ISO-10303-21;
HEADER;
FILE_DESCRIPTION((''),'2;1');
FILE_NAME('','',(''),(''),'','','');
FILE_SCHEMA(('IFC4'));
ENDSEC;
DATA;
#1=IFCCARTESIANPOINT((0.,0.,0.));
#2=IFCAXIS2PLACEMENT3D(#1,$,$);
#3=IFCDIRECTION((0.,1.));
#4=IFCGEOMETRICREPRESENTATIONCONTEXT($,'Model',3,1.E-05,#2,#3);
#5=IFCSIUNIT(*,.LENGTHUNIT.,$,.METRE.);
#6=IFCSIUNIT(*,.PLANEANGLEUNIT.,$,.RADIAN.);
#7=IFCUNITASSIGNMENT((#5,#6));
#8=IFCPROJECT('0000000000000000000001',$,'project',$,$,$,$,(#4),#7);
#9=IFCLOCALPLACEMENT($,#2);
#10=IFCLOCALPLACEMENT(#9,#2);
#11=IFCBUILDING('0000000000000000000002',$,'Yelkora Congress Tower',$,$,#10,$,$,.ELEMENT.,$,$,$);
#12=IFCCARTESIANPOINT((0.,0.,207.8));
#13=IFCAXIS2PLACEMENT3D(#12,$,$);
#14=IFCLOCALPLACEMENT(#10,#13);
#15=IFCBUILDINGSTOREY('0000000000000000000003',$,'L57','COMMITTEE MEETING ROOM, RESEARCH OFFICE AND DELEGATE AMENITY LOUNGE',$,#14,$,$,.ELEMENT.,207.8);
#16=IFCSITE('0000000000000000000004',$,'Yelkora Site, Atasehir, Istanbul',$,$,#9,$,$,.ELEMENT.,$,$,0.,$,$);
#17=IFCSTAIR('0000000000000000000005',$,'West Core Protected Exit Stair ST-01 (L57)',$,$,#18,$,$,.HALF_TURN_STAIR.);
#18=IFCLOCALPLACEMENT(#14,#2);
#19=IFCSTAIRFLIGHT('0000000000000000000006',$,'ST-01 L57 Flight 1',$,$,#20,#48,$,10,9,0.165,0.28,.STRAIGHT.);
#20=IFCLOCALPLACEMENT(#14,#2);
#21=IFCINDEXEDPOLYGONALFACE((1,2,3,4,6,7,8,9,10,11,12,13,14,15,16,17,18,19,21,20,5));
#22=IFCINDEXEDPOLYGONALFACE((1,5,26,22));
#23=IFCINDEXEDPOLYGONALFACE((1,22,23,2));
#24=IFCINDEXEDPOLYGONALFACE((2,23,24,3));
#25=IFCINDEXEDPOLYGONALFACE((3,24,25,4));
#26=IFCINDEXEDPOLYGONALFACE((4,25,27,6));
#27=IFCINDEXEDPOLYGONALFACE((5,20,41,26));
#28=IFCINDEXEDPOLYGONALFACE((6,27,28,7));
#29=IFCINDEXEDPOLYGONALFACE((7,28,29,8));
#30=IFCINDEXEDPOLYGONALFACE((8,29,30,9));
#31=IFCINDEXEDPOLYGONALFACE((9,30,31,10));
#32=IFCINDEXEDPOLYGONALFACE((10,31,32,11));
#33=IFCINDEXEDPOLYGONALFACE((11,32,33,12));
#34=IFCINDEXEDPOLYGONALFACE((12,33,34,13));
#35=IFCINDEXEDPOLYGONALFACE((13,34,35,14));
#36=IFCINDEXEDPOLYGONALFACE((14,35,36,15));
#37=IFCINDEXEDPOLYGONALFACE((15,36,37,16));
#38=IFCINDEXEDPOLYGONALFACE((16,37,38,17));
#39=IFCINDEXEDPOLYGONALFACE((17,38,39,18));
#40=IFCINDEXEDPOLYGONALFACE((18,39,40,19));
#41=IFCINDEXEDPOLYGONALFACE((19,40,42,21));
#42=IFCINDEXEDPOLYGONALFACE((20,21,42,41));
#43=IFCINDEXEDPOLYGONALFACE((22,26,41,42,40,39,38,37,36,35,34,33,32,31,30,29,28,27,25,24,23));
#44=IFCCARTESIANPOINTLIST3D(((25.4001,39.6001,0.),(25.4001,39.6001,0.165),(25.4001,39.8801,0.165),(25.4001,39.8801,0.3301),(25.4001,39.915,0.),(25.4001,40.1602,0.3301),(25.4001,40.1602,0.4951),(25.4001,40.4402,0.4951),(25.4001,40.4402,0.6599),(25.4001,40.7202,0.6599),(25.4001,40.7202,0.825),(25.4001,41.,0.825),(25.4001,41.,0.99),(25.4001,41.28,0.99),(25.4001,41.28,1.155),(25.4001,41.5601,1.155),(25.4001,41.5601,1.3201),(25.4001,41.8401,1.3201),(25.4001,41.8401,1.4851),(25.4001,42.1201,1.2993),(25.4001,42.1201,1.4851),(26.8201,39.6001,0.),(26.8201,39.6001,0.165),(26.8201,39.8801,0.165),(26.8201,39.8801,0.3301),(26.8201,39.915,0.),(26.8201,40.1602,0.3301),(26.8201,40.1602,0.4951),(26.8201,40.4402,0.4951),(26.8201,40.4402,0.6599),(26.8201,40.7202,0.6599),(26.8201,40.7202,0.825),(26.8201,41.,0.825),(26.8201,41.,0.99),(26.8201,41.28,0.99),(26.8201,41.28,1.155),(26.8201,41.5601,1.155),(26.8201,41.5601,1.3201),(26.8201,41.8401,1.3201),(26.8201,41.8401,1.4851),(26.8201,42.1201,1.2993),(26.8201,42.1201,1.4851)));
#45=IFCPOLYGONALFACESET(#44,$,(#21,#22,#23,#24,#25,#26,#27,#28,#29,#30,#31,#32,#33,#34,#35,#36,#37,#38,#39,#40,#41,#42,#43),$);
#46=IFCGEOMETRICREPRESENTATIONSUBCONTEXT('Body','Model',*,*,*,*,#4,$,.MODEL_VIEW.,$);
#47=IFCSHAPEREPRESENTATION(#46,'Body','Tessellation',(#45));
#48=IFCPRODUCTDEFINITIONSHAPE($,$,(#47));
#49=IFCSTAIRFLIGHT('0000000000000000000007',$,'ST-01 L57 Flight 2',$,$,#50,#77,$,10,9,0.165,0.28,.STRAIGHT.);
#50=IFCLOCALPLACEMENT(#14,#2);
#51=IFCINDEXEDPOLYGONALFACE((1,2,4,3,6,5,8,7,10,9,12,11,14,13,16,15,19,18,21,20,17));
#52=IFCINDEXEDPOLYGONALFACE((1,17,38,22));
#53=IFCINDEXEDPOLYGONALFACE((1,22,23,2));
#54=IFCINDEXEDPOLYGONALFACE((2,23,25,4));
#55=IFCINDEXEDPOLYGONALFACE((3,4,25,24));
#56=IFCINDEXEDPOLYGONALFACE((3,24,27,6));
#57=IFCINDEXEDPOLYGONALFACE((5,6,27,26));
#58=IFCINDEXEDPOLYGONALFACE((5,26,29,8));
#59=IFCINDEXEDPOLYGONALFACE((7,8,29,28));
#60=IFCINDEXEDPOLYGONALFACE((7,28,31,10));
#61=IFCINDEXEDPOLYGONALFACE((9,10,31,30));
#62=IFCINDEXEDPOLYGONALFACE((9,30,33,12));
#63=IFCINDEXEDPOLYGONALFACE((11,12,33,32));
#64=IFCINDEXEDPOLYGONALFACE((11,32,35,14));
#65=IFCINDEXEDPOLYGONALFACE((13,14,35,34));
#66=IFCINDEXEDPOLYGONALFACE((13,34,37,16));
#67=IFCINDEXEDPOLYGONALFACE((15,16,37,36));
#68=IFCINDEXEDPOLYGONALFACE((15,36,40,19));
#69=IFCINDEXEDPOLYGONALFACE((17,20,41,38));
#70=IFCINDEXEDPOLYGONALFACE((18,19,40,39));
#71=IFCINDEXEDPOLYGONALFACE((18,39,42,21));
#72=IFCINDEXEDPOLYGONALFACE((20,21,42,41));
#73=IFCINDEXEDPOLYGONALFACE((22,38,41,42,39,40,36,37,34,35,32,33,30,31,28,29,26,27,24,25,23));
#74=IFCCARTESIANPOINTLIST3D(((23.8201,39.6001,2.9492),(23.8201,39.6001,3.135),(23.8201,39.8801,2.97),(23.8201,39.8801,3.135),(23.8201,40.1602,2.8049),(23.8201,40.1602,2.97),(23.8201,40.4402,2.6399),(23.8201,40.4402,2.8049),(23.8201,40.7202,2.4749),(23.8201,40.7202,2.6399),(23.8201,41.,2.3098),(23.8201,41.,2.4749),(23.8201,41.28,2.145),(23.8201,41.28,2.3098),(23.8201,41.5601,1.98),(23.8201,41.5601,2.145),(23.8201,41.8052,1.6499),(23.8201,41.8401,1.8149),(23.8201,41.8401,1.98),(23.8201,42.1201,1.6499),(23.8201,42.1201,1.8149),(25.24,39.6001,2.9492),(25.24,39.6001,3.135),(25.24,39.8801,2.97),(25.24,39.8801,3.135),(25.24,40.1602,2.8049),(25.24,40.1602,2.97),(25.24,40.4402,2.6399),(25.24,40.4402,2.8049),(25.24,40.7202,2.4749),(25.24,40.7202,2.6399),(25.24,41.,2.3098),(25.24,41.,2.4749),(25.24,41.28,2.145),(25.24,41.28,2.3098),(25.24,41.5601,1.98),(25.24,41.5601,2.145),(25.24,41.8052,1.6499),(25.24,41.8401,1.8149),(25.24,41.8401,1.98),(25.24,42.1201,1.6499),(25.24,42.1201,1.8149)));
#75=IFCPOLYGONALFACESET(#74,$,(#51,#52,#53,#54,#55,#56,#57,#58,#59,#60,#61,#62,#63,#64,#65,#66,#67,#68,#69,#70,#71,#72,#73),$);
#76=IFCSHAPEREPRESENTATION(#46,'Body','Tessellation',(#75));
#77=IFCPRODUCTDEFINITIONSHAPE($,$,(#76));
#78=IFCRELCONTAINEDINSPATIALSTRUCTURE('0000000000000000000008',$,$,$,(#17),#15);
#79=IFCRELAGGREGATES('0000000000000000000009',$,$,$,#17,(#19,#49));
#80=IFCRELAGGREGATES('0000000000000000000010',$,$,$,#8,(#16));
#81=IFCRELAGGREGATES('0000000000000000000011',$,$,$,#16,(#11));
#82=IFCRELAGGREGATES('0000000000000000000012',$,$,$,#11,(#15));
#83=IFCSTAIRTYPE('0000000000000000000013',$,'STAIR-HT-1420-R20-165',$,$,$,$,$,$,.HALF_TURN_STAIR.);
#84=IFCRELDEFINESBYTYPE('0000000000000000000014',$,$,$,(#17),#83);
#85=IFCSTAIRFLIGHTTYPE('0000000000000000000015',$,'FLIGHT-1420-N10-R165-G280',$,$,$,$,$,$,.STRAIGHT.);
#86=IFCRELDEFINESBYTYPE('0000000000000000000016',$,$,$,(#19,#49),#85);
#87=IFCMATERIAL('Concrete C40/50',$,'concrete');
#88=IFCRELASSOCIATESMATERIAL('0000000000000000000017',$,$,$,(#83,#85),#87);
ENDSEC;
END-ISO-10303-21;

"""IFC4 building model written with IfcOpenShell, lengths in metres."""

from ifc_helpers import new_model, si_unit, direction, frame, origin, place, context, subcontext, project, spatial, polyline, outline, extrude, material, type_object, element, aggregate, save


model = new_model("IFC4")

# Units and contexts
model_context = context("Model", 3, precision=1e-05, world=origin(), true_north=direction((0.0, 1.0)))
body_context = subcontext(model_context, "Body", "Model", "MODEL_VIEW")
ifc_project = project(units=[si_unit("LENGTHUNIT", "METRE"), si_unit("PLANEANGLEUNIT", "RADIAN")], contexts=[model_context])

# Site, building, storey
site_placement = place(None, origin())
site = spatial("IfcSite", under=ifc_project, at=site_placement, Name="Yelkora Site, Atasehir, Istanbul", CompositionType="ELEMENT", RefElevation=0.0)
building_placement = place(site_placement, origin())
building = spatial("IfcBuilding", under=site, at=building_placement, Name="Yelkora Congress Tower", CompositionType="ELEMENT")
storey_placement = place(building_placement, frame((0.0, 0.0, 207.8)))
storey = spatial("IfcBuildingStorey", under=building, at=storey_placement, Name="L57", Description="COMMITTEE MEETING ROOM, RESEARCH OFFICE AND DELEGATE AMENITY LOUNGE", CompositionType="ELEMENT", Elevation=207.8)

# Stair, stair flights
ifc_material_1 = material(Name="Concrete C40/50", Category="concrete")
stair_type = type_object("IfcStairType", Name="STAIR-HT-1420-R20-165", PredefinedType="HALF_TURN_STAIR", material=ifc_material_1)
stair_placement = place(storey_placement, origin())
stair = element("IfcStair", 1, at=stair_placement, inside=storey, type_object=stair_type, Name="West Core Protected Exit Stair ST-01 (L57)", PredefinedType="HALF_TURN_STAIR")
stair_flight_type = type_object("IfcStairFlightType", Name="FLIGHT-1420-N10-R165-G280", PredefinedType="STRAIGHT", material=ifc_material_1)
stair_flight_1_placement = place(storey_placement, frame((26.1101, 39.6001, 0.0), z_axis=(0.0, 0.0, 1.0), x_axis=(0.0, 1.0, 0.0)))
stair_flight_1 = element("IfcStairFlight", 2, at=stair_flight_1_placement, type_object=stair_flight_type, Name="ST-01 L57 Flight 1", NumberOfRisers=10, NumberOfTreads=9, PredefinedType="STRAIGHT", RiserHeight=0.165, TreadLength=0.28, context=body_context, shape_type="SweptSolid", body=[
    extrude(outline(polyline([(0.0, 0.0), (0.0, 0.165), (0.28, 0.165), (0.28, 0.3301), (0.5601, 0.3301), (0.5601, 0.4951), (0.8401, 0.4951), (0.8401, 0.6599), (1.1201, 0.6599), (1.1201, 0.825), (1.3999, 0.825), (1.3999, 0.99), (1.6799, 0.99), (1.6799, 1.155), (1.96, 1.155), (1.96, 1.3201), (2.24, 1.3201), (2.24, 1.4851), (2.52, 1.4851), (2.52, 1.6499), (2.52, 1.2993), (0.3149, 0.0), (0.0, 0.0)])), frame((0.0, 0.71, 0.0), z_axis=(0.0, -1.0, 0.0), x_axis=(1.0, 0.0, 0.0)), (0.0, 0.0, 1.0), 1.4199),
])
stair_flight_2_placement = place(storey_placement, frame((24.53, 42.1201, 1.6499), z_axis=(0.0, 0.0, 1.0), x_axis=(0.0, -1.0, 0.0)))
stair_flight_2 = element("IfcStairFlight", 3, at=stair_flight_2_placement, type_object=stair_flight_type, Name="ST-01 L57 Flight 2", NumberOfRisers=10, NumberOfTreads=9, PredefinedType="STRAIGHT", RiserHeight=0.165, TreadLength=0.28, context=body_context, shape_type="SweptSolid", body=[
    extrude(outline(polyline([(0.0, 0.0), (0.0, 0.165), (0.28, 0.165), (0.28, 0.3301), (0.5601, 0.3301), (0.5601, 0.4951), (0.8401, 0.4951), (0.8401, 0.6599), (1.1201, 0.6599), (1.1201, 0.825), (1.3999, 0.825), (1.3999, 0.99), (1.6799, 0.99), (1.6799, 1.155), (1.96, 1.155), (1.96, 1.3201), (2.24, 1.3201), (2.24, 1.4851), (2.52, 1.4851), (2.52, 1.6499), (2.52, 1.2993), (0.3149, 0.0), (0.0, 0.0)])), frame((0.0, 0.71, 0.0), z_axis=(0.0, -1.0, 0.0), x_axis=(1.0, 0.0, 0.0)), (0.0, 0.0, 1.0), 1.4199),
])
aggregate(stair, [stair_flight_1, stair_flight_2])

save(model, "model.ifc")
